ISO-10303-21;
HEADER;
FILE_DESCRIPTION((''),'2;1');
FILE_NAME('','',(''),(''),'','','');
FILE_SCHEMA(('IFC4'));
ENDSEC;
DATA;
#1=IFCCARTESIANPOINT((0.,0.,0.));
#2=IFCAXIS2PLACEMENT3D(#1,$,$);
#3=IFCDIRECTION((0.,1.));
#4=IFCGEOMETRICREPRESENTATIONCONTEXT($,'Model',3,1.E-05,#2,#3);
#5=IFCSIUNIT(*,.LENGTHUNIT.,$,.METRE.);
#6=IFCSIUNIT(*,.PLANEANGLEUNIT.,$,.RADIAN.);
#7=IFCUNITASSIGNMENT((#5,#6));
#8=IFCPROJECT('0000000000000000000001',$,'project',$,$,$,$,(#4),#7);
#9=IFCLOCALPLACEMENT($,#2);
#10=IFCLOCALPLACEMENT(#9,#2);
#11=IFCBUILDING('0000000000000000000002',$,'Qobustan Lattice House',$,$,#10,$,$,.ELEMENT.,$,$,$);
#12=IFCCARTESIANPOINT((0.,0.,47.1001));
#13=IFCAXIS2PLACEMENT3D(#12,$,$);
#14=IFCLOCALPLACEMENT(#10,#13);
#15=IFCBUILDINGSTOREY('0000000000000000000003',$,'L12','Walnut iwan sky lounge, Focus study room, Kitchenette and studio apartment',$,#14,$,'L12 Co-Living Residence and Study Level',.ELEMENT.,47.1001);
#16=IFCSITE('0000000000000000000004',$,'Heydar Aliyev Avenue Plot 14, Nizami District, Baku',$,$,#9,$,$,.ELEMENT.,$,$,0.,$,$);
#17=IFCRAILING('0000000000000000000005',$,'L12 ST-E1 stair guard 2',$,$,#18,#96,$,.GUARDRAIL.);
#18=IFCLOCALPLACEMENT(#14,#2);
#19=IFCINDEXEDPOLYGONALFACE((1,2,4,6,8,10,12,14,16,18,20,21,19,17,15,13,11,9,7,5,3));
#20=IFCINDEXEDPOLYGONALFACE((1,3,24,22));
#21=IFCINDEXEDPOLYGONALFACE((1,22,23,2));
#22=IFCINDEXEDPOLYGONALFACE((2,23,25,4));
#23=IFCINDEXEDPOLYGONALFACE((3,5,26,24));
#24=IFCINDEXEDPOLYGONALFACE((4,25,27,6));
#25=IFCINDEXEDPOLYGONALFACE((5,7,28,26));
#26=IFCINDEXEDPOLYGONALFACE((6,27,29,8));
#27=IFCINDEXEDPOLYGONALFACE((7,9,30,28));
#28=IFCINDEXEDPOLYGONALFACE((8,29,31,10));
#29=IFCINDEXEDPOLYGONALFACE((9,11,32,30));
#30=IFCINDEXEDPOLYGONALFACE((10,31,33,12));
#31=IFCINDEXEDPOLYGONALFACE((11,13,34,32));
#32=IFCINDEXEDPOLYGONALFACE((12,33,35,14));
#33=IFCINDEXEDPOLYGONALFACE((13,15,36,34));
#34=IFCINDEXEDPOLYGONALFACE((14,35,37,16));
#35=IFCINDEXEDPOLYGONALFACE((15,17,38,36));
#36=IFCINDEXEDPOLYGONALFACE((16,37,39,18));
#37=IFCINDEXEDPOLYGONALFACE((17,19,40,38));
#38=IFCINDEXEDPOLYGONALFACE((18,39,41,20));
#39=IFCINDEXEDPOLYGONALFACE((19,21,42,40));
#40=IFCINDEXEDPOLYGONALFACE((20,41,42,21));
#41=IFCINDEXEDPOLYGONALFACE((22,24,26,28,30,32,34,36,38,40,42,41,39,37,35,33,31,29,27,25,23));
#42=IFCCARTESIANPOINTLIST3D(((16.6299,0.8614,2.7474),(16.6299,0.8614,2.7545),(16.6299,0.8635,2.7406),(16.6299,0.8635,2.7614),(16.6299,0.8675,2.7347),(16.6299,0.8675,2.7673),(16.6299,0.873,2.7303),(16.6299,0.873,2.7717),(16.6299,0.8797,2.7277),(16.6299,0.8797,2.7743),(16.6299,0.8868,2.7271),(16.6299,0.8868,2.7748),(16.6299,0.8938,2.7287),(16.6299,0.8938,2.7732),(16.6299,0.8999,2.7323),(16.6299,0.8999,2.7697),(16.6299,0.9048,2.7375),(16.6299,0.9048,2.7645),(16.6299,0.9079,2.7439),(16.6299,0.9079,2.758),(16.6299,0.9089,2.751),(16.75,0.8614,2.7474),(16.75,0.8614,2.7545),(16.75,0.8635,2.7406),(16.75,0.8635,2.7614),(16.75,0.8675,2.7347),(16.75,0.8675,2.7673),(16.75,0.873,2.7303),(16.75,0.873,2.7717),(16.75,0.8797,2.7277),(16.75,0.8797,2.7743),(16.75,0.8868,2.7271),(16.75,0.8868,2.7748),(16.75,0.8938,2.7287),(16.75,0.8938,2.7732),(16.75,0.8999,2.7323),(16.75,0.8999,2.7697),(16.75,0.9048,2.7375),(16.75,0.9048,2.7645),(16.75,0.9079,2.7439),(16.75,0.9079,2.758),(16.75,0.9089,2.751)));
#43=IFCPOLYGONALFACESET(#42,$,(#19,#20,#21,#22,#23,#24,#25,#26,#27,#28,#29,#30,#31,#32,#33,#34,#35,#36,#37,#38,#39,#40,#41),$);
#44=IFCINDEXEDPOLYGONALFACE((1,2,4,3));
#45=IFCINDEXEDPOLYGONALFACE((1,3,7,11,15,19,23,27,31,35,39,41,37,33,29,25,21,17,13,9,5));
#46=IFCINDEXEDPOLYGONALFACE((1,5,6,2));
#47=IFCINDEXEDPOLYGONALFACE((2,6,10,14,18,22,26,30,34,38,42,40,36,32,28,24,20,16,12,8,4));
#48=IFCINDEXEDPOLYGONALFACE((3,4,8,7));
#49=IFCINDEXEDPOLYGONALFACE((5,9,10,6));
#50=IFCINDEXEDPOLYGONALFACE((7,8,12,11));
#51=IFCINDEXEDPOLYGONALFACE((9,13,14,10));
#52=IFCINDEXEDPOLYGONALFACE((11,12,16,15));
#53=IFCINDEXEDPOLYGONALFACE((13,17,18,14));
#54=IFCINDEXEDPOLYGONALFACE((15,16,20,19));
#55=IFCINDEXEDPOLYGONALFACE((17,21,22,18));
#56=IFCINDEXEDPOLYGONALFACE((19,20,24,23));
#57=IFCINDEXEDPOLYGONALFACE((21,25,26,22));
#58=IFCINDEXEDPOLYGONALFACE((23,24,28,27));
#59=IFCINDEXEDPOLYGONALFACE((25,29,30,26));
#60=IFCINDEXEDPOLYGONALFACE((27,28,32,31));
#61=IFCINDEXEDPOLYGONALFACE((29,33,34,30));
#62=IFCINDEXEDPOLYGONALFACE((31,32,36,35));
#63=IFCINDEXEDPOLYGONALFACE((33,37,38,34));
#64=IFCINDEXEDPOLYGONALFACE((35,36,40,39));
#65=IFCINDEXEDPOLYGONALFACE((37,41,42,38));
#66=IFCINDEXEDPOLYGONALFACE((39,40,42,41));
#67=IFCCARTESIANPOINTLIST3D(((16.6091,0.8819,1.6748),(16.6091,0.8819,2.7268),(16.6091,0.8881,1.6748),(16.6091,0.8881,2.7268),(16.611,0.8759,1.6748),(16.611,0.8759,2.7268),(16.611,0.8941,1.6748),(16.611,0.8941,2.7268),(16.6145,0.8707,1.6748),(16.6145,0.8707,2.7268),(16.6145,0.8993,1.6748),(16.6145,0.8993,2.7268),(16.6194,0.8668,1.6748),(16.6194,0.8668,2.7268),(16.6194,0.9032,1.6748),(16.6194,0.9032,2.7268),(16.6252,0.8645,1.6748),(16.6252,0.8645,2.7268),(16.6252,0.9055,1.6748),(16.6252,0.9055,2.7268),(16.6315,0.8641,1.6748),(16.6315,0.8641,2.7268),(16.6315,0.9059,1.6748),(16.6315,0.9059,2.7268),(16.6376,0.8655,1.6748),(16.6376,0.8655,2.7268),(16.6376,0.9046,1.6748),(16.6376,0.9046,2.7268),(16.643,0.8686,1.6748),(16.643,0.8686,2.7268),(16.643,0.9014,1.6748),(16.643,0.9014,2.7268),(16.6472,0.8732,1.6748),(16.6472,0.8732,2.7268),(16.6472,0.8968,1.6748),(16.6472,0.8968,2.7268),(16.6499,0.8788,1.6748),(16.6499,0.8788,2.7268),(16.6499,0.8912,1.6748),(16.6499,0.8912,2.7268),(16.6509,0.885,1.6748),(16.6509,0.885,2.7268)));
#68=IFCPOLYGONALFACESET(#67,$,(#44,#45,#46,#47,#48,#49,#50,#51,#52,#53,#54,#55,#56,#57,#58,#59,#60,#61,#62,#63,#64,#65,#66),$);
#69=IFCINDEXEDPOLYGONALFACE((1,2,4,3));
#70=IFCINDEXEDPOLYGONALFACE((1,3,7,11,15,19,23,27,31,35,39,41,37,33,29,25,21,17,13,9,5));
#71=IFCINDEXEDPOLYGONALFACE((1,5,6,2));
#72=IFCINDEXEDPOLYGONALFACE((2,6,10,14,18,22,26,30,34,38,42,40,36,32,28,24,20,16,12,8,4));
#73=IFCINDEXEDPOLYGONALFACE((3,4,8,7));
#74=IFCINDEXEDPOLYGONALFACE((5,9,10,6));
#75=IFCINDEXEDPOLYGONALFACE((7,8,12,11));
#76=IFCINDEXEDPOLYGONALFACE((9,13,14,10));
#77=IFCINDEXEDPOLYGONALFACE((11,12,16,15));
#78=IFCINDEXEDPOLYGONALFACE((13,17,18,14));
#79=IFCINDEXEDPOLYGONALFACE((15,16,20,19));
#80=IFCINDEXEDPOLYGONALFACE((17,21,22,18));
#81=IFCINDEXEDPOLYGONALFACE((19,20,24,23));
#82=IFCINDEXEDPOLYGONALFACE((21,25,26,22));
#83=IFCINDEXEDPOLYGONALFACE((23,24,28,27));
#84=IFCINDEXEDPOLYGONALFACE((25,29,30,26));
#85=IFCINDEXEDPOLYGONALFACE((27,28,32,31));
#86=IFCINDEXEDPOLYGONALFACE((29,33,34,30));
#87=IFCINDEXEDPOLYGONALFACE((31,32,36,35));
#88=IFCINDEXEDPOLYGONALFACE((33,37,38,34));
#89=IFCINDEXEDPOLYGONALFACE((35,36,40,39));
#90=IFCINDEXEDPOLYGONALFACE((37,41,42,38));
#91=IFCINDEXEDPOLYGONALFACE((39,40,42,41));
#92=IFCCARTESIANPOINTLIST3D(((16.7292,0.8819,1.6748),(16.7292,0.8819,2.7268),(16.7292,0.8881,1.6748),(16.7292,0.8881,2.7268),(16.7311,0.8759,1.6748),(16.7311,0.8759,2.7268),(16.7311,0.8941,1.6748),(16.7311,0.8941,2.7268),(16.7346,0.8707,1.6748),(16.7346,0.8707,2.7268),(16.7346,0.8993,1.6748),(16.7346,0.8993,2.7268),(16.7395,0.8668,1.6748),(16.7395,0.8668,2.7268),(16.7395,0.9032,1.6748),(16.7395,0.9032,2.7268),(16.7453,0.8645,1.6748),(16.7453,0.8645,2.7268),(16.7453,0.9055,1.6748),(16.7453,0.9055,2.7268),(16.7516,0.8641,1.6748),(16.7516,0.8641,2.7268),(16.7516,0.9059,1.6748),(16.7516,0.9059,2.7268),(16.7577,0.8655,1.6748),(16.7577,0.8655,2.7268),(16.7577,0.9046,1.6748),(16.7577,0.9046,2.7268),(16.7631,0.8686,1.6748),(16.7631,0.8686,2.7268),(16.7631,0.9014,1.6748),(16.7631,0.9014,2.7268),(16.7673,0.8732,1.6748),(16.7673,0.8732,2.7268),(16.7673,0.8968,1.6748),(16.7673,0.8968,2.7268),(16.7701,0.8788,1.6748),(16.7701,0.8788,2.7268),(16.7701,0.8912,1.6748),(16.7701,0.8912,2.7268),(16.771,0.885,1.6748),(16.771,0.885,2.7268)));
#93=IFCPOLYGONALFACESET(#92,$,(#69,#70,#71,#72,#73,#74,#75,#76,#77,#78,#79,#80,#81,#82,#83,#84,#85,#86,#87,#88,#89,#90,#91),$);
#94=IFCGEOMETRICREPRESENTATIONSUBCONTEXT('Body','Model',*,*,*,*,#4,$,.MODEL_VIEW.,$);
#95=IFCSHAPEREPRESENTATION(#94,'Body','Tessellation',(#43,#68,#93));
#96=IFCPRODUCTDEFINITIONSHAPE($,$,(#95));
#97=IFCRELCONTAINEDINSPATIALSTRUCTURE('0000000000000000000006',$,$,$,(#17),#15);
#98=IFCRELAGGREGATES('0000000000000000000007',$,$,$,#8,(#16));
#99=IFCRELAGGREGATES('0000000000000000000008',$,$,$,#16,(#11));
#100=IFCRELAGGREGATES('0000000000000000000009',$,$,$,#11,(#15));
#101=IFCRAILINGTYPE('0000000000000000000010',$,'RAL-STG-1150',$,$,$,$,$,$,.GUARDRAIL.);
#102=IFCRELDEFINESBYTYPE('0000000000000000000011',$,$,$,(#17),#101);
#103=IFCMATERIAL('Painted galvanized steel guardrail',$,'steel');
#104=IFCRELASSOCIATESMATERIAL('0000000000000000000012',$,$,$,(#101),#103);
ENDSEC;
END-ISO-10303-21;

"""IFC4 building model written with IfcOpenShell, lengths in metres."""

from ifc_helpers import new_model, si_unit, direction, frame, origin, origin_2d, place, context, subcontext, project, spatial, circle, extrude, material, type_object, element, save


model = new_model("IFC4")

# Units and contexts
model_context = context("Model", 3, precision=1e-05, world=origin(), true_north=direction((0.0, 1.0)))
body_context = subcontext(model_context, "Body", "Model", "MODEL_VIEW")
ifc_project = project(units=[si_unit("LENGTHUNIT", "METRE"), si_unit("PLANEANGLEUNIT", "RADIAN")], contexts=[model_context])

# Site, building, storey
site_placement = place(None, origin())
site = spatial("IfcSite", under=ifc_project, at=site_placement, Name="Heydar Aliyev Avenue Plot 14, Nizami District, Baku", CompositionType="ELEMENT", RefElevation=0.0)
building_placement = place(site_placement, origin())
building = spatial("IfcBuilding", under=site, at=building_placement, Name="Qobustan Lattice House", CompositionType="ELEMENT")
storey_placement = place(building_placement, frame((0.0, 0.0, 47.1001)))
storey = spatial("IfcBuildingStorey", under=building, at=storey_placement, Name="L12", Description="Walnut iwan sky lounge, Focus study room, Kitchenette and studio apartment", LongName="L12 Co-Living Residence and Study Level", CompositionType="ELEMENT", Elevation=47.1001)

# Railing
ifc_material_1 = material(Name="Painted galvanized steel guardrail", Category="steel")
railing_type_1 = type_object("IfcRailingType", Name="RAL-STG-1150", PredefinedType="GUARDRAIL", material=ifc_material_1)
railing_1_placement = place(storey_placement, frame((16.6299, 0.885, 1.6748)))
element("IfcRailing", 1, at=railing_1_placement, inside=storey, type_object=railing_type_1, Name="L12 ST-E1 stair guard 2", PredefinedType="GUARDRAIL", context=body_context, shape_type="SweptSolid", body=[
    extrude(circle(Radius=0.0239, at=origin_2d()), frame((0.0, 0.0, 1.0762), z_axis=(1.0, 0.0, 0.0), x_axis=(0.0, 1.0, 0.0)), (0.0, 0.0, 1.0), 0.1201),
    extrude(circle(Radius=0.021, at=origin_2d()), origin(), (0.0, 0.0, 1.0), 1.052),
    extrude(circle(Radius=0.021, at=origin_2d()), frame((0.1201, 0.0, 0.0)), (0.0, 0.0, 1.0), 1.052),
])

save(model, "model.ifc")
